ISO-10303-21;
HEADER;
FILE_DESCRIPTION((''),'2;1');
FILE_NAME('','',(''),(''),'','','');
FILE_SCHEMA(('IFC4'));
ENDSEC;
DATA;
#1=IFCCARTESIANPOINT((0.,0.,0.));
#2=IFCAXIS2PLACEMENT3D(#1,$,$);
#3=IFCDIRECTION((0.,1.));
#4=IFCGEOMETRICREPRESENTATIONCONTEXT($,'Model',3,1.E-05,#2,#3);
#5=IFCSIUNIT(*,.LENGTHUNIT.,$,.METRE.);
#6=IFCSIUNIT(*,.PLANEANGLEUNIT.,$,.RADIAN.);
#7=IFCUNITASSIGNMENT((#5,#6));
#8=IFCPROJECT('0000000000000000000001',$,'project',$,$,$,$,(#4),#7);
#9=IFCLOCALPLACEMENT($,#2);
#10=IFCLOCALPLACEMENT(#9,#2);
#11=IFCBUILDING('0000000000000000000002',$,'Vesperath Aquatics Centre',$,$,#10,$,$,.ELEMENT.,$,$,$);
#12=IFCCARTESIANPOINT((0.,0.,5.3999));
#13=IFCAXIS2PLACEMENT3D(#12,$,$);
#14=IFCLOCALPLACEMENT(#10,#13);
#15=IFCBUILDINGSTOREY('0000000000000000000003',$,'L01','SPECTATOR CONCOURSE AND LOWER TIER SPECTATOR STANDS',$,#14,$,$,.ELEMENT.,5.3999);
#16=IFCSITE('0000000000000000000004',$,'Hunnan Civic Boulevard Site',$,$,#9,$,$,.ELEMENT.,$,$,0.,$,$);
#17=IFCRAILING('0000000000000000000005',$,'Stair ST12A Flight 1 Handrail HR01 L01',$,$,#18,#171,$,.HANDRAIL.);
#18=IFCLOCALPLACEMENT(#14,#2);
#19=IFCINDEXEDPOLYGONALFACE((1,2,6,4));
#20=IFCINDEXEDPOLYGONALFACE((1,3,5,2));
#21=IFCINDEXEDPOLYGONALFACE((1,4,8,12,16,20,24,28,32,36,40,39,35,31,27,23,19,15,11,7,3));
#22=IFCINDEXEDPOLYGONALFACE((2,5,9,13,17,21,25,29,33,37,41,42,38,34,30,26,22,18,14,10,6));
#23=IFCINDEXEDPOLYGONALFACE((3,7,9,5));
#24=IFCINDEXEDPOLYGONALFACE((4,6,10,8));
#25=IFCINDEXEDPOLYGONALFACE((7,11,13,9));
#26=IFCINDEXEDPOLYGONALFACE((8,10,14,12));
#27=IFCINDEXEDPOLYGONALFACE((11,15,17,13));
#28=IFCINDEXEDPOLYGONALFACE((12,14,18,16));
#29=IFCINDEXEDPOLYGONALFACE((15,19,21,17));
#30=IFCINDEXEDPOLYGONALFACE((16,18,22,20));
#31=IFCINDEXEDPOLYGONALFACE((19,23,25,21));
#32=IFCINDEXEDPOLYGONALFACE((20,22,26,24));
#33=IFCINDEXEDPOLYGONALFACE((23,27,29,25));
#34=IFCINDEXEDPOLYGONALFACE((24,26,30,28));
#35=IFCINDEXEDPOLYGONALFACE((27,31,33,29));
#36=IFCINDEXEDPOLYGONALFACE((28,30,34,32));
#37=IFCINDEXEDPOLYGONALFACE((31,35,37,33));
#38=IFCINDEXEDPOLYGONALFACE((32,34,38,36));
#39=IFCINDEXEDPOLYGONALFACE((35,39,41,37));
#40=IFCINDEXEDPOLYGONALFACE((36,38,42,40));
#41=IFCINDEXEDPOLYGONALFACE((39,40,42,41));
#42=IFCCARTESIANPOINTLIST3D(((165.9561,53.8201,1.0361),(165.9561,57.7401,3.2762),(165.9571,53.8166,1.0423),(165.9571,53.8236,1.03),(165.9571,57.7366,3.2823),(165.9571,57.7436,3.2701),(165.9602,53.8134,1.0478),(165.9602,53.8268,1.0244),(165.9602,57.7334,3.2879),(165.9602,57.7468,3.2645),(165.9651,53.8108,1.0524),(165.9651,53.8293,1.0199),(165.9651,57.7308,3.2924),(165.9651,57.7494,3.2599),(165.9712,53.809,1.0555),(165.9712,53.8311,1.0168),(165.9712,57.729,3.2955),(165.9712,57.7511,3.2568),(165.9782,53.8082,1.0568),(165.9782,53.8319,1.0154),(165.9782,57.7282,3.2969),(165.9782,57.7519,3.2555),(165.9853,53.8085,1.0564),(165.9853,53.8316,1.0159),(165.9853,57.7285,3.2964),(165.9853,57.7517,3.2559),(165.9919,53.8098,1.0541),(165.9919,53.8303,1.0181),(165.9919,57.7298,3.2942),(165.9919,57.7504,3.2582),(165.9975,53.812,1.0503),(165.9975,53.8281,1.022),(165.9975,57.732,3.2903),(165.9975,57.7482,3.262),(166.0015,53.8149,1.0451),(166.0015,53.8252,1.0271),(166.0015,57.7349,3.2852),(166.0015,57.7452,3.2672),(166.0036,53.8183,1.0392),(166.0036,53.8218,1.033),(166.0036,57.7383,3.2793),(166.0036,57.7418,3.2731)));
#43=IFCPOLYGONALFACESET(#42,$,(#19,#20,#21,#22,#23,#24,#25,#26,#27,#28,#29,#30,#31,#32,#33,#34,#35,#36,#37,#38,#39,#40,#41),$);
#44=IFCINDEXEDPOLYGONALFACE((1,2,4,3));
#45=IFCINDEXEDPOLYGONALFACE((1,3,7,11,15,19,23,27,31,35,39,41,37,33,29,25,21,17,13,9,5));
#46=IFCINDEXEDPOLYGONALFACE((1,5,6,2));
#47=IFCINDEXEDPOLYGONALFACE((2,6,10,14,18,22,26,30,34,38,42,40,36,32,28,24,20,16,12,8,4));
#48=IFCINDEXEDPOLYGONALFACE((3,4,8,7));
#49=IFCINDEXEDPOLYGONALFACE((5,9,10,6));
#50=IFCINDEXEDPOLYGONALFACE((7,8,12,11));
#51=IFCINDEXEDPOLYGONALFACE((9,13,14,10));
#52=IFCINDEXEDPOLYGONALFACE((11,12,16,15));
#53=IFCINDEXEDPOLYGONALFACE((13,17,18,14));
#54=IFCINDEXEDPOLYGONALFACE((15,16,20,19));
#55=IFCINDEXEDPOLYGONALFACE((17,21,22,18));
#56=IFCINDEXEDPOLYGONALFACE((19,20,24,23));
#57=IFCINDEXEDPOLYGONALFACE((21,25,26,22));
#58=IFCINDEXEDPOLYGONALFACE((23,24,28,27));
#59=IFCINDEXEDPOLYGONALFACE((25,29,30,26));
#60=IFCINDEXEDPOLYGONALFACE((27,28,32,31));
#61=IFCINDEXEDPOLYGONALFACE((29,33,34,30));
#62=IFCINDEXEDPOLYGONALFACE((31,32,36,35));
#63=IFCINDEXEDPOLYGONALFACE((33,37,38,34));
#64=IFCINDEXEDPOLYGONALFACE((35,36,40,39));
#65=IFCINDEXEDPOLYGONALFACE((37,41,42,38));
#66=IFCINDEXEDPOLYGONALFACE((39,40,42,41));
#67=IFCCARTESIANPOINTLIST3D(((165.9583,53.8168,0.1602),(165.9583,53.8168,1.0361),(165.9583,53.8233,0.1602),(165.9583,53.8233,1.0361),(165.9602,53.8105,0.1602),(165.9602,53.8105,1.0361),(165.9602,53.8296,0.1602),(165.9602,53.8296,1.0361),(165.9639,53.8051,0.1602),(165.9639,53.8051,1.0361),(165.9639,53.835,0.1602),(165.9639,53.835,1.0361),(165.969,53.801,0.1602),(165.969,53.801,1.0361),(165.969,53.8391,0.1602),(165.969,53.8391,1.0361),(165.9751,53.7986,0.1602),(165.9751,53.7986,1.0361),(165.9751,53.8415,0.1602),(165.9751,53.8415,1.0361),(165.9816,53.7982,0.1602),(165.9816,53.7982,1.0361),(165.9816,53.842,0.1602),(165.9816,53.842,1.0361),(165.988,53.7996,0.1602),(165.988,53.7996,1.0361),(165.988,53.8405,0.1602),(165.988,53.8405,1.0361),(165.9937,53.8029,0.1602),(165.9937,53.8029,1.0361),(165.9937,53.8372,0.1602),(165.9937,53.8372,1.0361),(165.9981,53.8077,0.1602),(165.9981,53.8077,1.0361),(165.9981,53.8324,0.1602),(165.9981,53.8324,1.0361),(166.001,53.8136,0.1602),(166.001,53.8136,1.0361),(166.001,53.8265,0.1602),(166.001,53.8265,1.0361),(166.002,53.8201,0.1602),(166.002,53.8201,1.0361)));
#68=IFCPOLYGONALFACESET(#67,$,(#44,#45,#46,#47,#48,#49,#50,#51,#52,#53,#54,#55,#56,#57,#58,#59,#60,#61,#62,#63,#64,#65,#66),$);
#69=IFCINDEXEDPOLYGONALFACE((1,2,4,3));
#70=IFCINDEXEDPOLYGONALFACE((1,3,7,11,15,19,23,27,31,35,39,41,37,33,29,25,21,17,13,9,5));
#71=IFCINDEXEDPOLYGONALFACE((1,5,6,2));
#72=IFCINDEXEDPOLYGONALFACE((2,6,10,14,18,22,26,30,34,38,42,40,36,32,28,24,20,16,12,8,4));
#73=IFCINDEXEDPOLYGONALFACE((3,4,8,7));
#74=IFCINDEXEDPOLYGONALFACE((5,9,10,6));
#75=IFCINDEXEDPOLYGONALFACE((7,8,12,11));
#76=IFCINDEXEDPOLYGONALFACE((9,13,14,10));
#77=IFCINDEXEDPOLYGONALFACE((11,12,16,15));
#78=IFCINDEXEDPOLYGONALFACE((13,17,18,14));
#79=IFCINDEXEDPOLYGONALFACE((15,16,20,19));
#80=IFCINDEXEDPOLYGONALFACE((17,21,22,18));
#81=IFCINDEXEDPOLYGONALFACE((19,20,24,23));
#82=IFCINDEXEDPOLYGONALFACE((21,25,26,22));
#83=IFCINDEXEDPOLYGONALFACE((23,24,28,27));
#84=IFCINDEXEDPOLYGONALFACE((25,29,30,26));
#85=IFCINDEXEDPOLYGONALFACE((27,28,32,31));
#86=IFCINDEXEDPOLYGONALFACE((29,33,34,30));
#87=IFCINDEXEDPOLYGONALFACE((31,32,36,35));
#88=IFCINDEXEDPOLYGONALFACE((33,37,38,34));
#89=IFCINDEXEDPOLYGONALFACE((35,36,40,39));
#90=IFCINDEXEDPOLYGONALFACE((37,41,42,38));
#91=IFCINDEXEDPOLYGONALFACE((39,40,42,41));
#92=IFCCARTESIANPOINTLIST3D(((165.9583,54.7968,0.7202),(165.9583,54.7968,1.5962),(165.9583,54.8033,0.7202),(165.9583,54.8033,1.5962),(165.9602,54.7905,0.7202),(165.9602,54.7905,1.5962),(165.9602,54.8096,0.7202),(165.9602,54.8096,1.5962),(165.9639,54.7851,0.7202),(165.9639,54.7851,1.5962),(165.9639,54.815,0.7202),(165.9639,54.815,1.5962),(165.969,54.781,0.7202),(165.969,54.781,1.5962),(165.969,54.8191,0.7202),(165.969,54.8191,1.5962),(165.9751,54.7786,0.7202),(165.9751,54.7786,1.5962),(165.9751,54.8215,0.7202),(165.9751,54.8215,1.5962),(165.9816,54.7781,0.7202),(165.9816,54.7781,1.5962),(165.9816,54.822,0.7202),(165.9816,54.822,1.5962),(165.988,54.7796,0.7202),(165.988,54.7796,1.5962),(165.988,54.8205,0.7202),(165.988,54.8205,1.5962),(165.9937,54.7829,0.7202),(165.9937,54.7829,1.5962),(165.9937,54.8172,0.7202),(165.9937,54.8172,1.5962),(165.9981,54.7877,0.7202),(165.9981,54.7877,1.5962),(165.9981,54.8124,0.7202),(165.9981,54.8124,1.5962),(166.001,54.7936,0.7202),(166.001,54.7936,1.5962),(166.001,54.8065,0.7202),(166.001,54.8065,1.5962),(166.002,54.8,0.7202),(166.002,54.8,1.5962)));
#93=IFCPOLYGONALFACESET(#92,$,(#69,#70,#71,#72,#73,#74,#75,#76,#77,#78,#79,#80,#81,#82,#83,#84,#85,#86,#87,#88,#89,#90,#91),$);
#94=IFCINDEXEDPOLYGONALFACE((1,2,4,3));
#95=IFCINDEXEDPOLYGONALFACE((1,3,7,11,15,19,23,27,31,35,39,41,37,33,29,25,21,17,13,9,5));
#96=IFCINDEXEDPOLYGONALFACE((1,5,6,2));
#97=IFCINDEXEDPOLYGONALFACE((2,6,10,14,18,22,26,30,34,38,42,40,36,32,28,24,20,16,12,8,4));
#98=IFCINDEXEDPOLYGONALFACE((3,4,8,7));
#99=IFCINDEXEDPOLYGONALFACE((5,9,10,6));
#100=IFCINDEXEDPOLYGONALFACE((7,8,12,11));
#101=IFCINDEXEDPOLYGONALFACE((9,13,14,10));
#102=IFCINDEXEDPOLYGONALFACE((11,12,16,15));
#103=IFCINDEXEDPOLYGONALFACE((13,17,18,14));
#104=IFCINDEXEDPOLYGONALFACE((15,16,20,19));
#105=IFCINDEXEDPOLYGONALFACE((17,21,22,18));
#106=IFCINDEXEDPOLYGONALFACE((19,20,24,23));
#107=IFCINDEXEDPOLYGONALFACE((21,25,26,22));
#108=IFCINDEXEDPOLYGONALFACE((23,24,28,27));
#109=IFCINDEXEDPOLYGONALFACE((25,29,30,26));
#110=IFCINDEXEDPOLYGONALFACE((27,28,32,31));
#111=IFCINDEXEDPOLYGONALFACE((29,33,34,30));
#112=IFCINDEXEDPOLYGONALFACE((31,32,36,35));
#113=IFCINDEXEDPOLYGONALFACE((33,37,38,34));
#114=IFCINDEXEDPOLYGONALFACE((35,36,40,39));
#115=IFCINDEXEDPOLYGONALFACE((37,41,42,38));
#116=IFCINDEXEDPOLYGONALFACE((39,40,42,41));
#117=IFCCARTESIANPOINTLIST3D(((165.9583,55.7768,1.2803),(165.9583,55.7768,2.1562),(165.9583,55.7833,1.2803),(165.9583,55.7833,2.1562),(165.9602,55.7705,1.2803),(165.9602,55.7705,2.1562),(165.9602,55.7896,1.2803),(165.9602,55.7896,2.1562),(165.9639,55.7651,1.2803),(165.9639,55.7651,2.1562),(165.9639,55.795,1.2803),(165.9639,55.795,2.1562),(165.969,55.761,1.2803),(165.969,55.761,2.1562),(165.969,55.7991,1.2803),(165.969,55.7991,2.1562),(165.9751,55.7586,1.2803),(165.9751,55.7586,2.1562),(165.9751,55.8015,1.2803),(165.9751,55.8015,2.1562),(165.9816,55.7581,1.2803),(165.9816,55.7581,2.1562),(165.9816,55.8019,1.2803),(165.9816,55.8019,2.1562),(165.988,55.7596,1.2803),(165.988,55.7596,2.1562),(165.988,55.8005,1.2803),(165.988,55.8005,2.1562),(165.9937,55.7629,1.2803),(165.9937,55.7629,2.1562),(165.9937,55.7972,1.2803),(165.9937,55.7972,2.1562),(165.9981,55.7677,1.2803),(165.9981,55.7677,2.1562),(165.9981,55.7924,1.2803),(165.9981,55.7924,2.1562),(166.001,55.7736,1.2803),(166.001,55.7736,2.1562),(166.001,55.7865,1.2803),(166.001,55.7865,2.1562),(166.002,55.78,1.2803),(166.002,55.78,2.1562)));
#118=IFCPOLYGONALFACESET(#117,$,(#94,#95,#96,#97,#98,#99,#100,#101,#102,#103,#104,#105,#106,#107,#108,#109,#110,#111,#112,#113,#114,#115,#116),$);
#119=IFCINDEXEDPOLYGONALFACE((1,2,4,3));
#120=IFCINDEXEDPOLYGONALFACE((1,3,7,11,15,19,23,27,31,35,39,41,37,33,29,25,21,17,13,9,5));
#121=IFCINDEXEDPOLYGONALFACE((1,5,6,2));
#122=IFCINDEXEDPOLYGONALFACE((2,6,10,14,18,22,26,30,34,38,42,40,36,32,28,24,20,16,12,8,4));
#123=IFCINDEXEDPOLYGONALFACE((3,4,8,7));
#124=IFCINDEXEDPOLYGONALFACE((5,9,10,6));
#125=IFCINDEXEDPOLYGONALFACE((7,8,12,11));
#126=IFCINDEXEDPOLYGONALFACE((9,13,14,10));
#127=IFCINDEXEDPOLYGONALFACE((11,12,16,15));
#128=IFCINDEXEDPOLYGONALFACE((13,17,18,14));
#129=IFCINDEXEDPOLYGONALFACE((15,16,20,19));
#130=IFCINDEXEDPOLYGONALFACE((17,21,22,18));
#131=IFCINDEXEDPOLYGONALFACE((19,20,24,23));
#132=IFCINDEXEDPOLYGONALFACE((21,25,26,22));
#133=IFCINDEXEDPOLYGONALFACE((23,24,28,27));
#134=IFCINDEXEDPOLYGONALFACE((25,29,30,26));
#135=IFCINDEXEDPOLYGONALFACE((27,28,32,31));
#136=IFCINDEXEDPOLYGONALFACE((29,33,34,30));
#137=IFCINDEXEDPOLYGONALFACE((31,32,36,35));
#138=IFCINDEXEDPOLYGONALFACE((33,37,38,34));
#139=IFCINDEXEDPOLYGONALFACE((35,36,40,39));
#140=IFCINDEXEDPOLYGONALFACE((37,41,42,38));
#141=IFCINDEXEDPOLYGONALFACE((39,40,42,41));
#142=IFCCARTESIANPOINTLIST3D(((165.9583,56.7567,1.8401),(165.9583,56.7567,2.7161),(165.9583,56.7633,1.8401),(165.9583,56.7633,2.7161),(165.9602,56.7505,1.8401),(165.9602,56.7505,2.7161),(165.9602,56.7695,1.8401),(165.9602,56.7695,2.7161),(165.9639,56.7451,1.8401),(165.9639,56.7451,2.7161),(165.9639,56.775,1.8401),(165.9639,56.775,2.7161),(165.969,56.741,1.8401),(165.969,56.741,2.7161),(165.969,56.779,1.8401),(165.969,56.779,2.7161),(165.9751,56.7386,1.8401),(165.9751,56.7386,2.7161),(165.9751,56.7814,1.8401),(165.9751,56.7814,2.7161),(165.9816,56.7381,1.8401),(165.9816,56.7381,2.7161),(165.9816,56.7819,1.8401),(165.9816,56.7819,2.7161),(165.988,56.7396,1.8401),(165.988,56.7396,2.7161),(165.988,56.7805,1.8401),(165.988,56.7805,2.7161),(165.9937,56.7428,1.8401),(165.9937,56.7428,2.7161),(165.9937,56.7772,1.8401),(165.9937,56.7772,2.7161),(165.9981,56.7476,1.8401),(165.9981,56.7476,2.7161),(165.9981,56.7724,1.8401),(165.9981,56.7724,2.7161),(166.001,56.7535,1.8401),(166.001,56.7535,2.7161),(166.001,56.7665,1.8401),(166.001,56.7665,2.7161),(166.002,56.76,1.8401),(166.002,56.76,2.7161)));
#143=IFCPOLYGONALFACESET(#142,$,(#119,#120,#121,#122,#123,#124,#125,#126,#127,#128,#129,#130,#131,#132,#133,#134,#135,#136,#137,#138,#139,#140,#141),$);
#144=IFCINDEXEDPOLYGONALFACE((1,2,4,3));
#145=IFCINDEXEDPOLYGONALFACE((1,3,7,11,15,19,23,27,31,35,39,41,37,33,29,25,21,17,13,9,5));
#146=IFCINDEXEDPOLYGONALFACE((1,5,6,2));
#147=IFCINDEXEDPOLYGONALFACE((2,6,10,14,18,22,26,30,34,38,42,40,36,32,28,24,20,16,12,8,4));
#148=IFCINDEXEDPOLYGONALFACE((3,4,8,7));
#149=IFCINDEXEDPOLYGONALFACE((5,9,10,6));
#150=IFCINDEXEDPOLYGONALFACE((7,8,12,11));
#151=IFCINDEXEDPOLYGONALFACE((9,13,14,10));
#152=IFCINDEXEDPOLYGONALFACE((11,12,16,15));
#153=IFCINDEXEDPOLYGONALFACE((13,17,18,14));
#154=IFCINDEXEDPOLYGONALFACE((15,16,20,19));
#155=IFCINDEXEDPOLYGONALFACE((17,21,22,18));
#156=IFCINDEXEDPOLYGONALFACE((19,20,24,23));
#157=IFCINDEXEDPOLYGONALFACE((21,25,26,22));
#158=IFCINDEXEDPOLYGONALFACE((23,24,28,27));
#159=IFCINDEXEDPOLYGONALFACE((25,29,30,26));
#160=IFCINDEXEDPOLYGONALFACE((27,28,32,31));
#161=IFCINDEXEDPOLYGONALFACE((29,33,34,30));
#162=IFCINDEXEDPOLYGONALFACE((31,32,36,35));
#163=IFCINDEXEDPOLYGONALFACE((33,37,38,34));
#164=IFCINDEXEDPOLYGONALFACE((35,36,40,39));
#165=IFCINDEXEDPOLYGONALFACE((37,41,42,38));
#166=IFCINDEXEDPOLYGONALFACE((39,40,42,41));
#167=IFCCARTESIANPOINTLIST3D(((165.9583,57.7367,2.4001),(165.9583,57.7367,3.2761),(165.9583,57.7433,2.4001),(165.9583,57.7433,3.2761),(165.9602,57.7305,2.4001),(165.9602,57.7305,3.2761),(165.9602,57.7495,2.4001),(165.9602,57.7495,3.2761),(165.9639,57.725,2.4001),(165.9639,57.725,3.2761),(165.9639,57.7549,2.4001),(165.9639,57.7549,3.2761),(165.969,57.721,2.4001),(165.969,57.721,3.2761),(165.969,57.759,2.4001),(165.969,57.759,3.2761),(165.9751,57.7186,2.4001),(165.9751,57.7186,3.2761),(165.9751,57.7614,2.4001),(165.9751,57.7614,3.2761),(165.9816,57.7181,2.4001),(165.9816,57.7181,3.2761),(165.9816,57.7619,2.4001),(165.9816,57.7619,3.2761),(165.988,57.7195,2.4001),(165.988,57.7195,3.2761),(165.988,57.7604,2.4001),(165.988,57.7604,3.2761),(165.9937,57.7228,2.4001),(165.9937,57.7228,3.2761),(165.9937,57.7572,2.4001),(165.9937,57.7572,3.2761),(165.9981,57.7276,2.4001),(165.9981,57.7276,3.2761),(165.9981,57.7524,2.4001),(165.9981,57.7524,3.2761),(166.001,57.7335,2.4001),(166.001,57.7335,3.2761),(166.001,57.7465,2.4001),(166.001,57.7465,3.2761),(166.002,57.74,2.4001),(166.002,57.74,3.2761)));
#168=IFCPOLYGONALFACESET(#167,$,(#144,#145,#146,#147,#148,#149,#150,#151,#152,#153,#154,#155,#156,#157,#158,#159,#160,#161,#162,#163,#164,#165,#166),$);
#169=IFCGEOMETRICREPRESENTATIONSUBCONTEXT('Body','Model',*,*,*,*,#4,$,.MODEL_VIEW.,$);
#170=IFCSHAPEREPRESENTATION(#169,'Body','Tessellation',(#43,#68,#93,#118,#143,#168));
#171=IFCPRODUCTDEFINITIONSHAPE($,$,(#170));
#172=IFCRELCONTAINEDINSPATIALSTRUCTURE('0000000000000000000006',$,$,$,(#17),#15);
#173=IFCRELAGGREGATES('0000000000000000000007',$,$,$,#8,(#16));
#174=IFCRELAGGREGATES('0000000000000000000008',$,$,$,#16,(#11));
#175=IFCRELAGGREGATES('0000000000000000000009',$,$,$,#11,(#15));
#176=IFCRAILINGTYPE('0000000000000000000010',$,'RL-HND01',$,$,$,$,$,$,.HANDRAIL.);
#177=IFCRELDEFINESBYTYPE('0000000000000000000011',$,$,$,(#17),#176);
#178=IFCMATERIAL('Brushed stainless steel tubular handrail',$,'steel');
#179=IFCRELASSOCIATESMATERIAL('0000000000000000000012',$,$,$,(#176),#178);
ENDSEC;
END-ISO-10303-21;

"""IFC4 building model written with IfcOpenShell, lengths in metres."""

from ifc_helpers import new_model, si_unit, direction, frame, origin, origin_2d, place, context, subcontext, project, spatial, circle, extrude, material, type_object, element, save


model = new_model("IFC4")

# Units and contexts
model_context = context("Model", 3, precision=1e-05, world=origin(), true_north=direction((0.0, 1.0)))
body_context = subcontext(model_context, "Body", "Model", "MODEL_VIEW")
ifc_project = project(units=[si_unit("LENGTHUNIT", "METRE"), si_unit("PLANEANGLEUNIT", "RADIAN")], contexts=[model_context])

# Site, building, storey
site_placement = place(None, origin())
site = spatial("IfcSite", under=ifc_project, at=site_placement, Name="Hunnan Civic Boulevard Site", CompositionType="ELEMENT", RefElevation=0.0)
building_placement = place(site_placement, origin())
building = spatial("IfcBuilding", under=site, at=building_placement, Name="Vesperath Aquatics Centre", CompositionType="ELEMENT")
storey_placement = place(building_placement, frame((0.0, 0.0, 5.3999)))
storey = spatial("IfcBuildingStorey", under=building, at=storey_placement, Name="L01", Description="SPECTATOR CONCOURSE AND LOWER TIER SPECTATOR STANDS", CompositionType="ELEMENT", Elevation=5.3999)

# Railing
ifc_material_1 = material(Name="Brushed stainless steel tubular handrail", Category="steel")
railing_type_1 = type_object("IfcRailingType", Name="RL-HND01", PredefinedType="HANDRAIL", material=ifc_material_1)
railing_1_placement = place(storey_placement, frame((165.98, 53.8201, 0.1602)))
element("IfcRailing", 1, at=railing_1_placement, inside=storey, type_object=railing_type_1, Name="Stair ST12A Flight 1 Handrail HR01 L01", PredefinedType="HANDRAIL", context=body_context, shape_type="SweptSolid", body=[
    extrude(circle(Radius=0.0239, at=origin_2d()), frame((0.0, 0.0, 0.876), z_axis=(0.0, 0.86824, 0.496145), x_axis=(-1.0, 0.0, 0.0)), (0.0, 0.0, 1.0), 4.5149),
    extrude(circle(Radius=0.022, at=origin_2d()), origin(), (0.0, 0.0, 1.0), 0.876),
    extrude(circle(Radius=0.022, at=origin_2d()), frame((0.0, 0.98, 0.5601)), (0.0, 0.0, 1.0), 0.876),
    extrude(circle(Radius=0.022, at=origin_2d()), frame((0.0, 1.96, 1.1201)), (0.0, 0.0, 1.0), 0.876),
    extrude(circle(Radius=0.022, at=origin_2d()), frame((0.0, 2.9399, 1.6799)), (0.0, 0.0, 1.0), 0.876),
    extrude(circle(Radius=0.022, at=origin_2d()), frame((0.0, 3.9199, 2.24)), (0.0, 0.0, 1.0), 0.876),
])

save(model, "model.ifc")
